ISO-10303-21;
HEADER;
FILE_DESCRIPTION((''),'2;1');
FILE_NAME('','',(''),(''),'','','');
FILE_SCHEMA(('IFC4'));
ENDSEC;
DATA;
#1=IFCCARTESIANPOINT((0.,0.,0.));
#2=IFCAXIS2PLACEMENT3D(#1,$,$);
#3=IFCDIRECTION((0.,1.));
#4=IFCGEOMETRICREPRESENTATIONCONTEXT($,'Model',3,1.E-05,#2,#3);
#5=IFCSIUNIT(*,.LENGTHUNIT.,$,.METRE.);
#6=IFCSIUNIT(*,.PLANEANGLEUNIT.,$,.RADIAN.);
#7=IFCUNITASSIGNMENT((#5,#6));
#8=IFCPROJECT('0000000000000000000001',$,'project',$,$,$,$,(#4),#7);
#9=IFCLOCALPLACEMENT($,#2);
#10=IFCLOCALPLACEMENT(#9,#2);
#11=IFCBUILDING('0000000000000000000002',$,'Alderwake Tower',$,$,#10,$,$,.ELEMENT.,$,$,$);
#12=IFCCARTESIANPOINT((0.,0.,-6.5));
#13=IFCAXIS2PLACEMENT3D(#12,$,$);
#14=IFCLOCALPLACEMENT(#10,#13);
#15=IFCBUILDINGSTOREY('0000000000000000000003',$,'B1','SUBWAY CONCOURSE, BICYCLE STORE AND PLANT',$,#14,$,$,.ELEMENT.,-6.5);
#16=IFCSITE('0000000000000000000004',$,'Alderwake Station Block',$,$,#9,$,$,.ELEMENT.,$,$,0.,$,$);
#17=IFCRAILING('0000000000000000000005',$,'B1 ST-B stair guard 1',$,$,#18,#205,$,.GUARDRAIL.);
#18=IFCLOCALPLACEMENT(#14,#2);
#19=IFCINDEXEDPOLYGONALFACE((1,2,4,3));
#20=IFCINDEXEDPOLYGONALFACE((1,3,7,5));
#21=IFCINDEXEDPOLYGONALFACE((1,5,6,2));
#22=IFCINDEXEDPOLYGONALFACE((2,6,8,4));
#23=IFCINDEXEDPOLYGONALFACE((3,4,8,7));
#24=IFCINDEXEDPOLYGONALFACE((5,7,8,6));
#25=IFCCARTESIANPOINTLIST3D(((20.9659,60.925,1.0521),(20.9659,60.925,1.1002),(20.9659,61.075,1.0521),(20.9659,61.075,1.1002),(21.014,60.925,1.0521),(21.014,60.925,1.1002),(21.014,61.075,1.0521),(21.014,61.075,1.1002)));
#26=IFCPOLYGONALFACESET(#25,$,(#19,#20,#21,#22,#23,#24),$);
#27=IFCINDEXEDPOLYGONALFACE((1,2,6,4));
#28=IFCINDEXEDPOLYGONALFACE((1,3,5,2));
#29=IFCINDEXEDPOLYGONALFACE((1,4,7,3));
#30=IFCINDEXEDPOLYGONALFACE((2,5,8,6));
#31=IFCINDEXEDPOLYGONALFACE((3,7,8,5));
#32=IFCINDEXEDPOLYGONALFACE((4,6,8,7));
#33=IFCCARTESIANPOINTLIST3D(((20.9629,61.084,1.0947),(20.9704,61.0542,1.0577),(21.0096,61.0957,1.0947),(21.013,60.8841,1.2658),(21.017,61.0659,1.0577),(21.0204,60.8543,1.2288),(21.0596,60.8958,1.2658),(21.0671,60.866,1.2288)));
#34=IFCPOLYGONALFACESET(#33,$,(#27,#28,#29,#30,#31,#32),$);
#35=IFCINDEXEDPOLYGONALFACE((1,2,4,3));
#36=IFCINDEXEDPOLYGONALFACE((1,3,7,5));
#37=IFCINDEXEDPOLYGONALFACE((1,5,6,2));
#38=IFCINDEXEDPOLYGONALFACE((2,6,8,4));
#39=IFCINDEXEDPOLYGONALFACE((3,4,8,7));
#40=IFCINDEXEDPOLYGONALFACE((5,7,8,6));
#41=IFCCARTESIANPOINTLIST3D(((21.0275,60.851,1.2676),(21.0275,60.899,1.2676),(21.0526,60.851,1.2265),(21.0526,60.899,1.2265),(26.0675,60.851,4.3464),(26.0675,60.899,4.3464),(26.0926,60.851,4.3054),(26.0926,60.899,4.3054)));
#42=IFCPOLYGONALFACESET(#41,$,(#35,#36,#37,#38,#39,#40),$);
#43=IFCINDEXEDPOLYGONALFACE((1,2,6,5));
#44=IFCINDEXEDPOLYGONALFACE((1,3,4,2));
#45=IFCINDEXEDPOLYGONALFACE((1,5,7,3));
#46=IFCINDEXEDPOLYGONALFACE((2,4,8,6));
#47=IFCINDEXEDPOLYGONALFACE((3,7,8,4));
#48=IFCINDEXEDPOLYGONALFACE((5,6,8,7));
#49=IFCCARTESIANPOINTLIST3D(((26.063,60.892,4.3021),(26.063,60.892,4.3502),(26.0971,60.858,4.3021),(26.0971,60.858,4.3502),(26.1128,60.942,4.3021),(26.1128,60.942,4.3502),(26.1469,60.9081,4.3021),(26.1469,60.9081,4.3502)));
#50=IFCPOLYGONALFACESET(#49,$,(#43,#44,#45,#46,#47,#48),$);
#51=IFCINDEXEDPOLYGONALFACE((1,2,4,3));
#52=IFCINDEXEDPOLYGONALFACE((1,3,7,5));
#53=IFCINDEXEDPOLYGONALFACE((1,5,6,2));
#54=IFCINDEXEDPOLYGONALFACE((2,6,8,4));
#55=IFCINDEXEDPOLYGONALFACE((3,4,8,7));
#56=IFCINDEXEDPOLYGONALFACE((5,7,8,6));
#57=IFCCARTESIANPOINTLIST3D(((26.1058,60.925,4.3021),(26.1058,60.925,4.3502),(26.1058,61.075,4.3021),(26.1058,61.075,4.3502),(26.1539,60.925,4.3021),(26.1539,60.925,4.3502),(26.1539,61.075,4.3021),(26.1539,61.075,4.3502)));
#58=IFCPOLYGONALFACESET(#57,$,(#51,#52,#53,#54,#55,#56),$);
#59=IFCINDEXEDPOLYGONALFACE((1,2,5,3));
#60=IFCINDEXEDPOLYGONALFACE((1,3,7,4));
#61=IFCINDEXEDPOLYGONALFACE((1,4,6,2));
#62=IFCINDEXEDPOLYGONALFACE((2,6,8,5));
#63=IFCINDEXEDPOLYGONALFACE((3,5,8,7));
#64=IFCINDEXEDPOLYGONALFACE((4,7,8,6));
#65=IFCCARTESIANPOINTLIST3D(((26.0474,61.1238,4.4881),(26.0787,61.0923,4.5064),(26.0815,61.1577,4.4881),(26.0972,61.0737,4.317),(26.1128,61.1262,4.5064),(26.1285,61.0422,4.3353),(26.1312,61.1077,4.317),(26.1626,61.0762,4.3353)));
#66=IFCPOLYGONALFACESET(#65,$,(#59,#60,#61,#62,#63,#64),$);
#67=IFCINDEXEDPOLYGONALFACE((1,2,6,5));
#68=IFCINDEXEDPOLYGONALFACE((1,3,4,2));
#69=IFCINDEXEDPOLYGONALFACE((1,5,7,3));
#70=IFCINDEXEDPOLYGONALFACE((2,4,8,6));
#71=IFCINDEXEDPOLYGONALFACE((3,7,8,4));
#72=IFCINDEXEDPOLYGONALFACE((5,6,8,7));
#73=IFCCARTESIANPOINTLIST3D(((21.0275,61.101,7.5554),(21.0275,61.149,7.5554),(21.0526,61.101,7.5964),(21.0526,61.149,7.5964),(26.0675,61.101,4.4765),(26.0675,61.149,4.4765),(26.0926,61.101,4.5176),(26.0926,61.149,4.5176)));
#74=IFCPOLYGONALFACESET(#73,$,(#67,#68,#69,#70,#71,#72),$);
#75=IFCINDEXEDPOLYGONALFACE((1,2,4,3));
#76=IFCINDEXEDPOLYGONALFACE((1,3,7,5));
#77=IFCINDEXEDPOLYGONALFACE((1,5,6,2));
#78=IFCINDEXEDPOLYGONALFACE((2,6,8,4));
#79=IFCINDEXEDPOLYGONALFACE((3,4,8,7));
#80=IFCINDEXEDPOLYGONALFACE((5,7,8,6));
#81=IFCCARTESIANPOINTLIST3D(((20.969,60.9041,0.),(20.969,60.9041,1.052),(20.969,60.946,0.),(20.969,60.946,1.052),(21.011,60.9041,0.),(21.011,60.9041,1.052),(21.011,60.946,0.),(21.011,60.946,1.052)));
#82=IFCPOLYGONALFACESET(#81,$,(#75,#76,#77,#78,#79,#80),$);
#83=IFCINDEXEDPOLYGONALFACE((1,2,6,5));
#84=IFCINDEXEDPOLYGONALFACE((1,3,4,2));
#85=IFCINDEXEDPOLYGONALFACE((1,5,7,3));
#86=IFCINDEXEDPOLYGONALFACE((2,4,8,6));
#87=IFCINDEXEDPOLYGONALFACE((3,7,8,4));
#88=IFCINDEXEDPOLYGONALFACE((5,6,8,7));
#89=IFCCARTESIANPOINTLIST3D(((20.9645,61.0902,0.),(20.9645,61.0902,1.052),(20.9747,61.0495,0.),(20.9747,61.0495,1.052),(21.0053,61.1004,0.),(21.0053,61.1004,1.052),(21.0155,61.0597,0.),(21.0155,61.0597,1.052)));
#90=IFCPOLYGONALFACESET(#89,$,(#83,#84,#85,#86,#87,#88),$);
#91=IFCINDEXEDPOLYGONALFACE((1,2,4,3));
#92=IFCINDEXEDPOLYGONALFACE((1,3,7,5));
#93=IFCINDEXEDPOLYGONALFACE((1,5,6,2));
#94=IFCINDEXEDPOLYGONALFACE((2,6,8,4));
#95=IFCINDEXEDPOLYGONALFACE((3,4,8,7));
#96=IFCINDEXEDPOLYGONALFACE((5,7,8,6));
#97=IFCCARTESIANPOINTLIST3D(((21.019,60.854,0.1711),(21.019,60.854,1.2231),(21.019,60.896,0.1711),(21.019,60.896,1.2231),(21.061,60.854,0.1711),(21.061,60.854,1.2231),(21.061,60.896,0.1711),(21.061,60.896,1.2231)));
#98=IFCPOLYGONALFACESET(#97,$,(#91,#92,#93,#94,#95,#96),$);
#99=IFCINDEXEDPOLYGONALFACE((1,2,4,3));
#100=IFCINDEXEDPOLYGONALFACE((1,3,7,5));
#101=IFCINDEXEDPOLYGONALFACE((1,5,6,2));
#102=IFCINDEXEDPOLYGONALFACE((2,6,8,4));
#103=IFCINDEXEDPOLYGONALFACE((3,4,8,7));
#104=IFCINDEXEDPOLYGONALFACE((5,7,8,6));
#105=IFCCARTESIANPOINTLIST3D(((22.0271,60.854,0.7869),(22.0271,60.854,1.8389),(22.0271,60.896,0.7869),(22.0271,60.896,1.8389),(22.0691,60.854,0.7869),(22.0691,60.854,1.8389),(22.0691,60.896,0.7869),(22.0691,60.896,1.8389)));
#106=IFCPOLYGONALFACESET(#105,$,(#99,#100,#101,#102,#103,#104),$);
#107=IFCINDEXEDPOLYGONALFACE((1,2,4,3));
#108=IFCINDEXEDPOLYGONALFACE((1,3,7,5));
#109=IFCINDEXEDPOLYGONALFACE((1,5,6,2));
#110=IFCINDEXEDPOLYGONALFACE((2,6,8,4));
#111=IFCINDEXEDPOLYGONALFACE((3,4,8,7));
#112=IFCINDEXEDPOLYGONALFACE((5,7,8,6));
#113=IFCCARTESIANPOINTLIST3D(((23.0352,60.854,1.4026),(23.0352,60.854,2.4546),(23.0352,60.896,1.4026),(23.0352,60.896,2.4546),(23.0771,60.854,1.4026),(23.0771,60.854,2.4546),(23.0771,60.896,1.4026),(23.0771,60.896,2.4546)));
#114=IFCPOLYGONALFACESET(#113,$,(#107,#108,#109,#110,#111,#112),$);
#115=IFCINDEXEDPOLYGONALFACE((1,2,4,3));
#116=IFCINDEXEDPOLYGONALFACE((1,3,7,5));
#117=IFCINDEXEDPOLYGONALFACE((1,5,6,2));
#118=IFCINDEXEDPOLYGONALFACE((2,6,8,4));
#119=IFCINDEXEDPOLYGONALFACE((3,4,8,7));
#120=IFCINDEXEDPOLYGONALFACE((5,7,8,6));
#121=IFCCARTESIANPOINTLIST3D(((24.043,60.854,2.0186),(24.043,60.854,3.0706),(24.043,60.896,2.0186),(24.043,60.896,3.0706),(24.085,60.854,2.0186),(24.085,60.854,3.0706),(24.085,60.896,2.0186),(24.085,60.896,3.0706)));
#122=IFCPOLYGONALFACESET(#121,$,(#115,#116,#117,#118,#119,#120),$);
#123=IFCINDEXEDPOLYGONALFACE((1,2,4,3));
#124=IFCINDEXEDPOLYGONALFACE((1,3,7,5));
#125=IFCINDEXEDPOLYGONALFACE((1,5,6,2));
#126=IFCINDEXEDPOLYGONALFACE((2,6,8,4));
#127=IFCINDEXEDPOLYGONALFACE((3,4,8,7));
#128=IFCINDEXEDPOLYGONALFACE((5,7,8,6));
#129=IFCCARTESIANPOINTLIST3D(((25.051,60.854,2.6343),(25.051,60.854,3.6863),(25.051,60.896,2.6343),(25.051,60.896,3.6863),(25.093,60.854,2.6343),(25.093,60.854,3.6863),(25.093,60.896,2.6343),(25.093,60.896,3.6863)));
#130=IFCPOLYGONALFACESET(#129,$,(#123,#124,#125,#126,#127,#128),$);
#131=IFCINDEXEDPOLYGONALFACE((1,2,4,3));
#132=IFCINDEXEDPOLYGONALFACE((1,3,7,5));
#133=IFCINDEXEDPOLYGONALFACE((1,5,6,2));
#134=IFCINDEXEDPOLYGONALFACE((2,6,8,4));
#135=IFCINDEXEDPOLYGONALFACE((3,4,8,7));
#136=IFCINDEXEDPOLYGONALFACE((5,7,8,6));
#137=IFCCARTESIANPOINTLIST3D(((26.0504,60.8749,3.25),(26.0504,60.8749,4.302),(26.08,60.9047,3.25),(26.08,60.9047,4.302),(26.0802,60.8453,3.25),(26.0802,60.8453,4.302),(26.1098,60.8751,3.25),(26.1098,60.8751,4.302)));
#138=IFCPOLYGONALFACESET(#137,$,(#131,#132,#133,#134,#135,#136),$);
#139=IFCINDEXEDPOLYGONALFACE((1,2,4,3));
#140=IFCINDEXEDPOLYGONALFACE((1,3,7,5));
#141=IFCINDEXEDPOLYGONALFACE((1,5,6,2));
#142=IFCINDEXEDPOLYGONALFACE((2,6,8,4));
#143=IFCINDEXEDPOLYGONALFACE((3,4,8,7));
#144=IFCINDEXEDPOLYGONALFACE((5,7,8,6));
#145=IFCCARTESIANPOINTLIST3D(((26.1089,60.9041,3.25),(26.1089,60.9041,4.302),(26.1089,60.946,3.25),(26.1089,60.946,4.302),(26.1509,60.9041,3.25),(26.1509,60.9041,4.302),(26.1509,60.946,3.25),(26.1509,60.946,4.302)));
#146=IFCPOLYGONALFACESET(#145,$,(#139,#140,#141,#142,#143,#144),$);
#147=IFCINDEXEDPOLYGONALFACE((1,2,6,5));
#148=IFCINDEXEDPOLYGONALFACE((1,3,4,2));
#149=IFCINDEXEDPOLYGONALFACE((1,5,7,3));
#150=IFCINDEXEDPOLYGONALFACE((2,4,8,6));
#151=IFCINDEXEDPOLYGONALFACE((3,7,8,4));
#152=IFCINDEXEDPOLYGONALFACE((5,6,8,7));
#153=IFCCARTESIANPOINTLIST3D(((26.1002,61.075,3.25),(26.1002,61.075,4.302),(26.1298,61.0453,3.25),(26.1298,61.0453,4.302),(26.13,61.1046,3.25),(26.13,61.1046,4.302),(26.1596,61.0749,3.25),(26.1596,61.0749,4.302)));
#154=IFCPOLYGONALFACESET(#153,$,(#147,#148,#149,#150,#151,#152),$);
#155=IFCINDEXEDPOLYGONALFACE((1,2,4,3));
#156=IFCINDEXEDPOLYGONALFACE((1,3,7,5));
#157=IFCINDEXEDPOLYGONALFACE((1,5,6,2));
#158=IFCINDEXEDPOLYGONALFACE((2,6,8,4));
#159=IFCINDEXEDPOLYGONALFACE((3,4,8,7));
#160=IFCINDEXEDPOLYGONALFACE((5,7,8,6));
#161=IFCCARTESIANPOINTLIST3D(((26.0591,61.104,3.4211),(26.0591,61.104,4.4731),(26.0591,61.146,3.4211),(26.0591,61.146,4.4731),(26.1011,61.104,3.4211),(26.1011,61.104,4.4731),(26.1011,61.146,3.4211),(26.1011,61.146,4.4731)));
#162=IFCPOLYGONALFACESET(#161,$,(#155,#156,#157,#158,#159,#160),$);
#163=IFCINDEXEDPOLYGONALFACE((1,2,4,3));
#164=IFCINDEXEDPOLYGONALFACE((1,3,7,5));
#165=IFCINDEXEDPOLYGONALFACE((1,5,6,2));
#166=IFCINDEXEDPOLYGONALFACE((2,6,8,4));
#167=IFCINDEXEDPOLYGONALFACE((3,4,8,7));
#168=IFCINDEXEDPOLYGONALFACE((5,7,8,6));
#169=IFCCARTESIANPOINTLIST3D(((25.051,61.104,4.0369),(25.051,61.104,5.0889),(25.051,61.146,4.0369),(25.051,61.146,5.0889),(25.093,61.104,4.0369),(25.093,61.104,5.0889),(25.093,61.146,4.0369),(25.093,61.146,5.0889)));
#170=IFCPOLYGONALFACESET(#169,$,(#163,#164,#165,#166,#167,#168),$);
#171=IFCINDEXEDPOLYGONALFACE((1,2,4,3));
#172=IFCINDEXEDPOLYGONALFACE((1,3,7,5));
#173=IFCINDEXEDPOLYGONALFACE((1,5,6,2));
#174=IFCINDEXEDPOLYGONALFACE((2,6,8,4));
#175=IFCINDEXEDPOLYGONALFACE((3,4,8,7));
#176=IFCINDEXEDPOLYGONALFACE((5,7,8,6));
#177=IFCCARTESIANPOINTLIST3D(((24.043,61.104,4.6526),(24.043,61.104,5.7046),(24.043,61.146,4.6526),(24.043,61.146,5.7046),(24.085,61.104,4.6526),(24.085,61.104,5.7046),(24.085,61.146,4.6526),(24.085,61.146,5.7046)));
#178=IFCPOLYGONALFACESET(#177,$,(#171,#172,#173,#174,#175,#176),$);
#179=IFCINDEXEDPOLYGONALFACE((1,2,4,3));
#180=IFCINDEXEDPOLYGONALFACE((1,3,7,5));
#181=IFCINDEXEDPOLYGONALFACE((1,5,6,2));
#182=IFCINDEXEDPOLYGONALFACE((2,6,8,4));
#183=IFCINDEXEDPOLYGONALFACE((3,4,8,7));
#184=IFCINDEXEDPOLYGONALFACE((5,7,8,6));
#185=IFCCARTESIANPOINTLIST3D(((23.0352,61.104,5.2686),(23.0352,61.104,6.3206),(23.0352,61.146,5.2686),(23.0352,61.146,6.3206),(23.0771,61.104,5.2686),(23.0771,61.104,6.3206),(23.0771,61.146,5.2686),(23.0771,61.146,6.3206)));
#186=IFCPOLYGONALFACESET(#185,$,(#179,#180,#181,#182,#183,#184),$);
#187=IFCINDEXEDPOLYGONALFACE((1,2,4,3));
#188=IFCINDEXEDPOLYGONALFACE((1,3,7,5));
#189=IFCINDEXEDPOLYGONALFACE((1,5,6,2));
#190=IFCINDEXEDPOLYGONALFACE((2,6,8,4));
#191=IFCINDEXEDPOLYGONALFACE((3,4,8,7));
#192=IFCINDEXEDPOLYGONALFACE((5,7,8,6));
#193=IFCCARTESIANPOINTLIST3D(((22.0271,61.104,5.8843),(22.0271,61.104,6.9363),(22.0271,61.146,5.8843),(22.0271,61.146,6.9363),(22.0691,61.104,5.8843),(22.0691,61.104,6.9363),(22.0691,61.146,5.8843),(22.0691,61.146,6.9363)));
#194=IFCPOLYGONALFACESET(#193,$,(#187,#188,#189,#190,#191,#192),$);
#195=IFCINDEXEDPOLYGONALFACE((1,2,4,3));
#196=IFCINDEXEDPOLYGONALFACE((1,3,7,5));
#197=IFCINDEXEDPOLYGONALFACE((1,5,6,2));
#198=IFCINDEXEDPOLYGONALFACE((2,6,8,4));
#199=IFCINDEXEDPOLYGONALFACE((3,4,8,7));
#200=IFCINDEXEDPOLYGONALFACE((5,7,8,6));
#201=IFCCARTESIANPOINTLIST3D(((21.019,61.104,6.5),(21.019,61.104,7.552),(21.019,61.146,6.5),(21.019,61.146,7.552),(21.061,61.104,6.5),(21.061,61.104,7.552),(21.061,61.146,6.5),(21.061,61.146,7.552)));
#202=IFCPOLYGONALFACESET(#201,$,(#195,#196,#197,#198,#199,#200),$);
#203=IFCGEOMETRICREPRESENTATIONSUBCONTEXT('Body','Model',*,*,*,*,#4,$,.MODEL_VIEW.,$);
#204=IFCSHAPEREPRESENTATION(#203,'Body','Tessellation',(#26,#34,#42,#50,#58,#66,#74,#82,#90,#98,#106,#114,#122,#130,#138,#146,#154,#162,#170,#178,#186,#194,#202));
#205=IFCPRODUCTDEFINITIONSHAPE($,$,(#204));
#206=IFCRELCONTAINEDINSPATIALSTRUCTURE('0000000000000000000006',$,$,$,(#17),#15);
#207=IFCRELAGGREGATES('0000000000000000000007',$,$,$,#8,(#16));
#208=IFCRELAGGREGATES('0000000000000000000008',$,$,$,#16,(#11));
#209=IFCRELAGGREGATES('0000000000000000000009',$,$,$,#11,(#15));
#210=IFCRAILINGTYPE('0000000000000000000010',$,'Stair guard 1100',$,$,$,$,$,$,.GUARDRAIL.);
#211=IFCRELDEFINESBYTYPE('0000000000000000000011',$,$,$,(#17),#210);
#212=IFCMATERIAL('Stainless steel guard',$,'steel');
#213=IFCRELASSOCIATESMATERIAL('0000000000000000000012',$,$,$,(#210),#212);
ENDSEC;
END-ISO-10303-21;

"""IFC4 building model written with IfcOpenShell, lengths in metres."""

from ifc_helpers import new_model, si_unit, direction, frame, origin, origin_2d, place, context, subcontext, project, spatial, rectangle, extrude, material, type_object, element, save


model = new_model("IFC4")

# Units and contexts
model_context = context("Model", 3, precision=1e-05, world=origin(), true_north=direction((0.0, 1.0)))
body_context = subcontext(model_context, "Body", "Model", "MODEL_VIEW")
ifc_project = project(units=[si_unit("LENGTHUNIT", "METRE"), si_unit("PLANEANGLEUNIT", "RADIAN")], contexts=[model_context])

# Site, building, storey
site_placement = place(None, origin())
site = spatial("IfcSite", under=ifc_project, at=site_placement, Name="Alderwake Station Block", CompositionType="ELEMENT", RefElevation=0.0)
building_placement = place(site_placement, origin())
building = spatial("IfcBuilding", under=site, at=building_placement, Name="Alderwake Tower", CompositionType="ELEMENT")
storey_placement = place(building_placement, frame((0.0, 0.0, -6.5)))
storey = spatial("IfcBuildingStorey", under=building, at=storey_placement, Name="B1", Description="SUBWAY CONCOURSE, BICYCLE STORE AND PLANT", CompositionType="ELEMENT", Elevation=-6.5)

# Railing
ifc_material_1 = material(Name="Stainless steel guard", Category="steel")
railing_type_1 = type_object("IfcRailingType", Name="Stair guard 1100", PredefinedType="GUARDRAIL", material=ifc_material_1)
railing_1_placement = place(storey_placement, frame((20.99, 60.925, 0.0)))
element("IfcRailing", 1, at=railing_1_placement, inside=storey, type_object=railing_type_1, Name="B1 ST-B stair guard 1", PredefinedType="GUARDRAIL", context=body_context, shape_type="SweptSolid", body=[
    extrude(rectangle(XDim=0.0481, YDim=0.0481, at=origin_2d()), frame((0.0, 0.0, 1.0762), z_axis=(0.0, 1.0, 0.0), x_axis=(-1.0, 0.0, 0.0)), (0.0, 0.0, 1.0), 0.1499),
    extrude(rectangle(XDim=0.0481, YDim=0.0481, at=origin_2d()), frame((0.0, 0.1499, 1.0762), z_axis=(0.186813, -0.74634, 0.638809), x_axis=(0.970073, 0.242814, 0.0)), (0.0, 0.0, 1.0), 0.2678),
    extrude(rectangle(XDim=0.0481, YDim=0.0481, at=origin_2d()), frame((0.05, -0.05, 1.2471), z_axis=(0.85337, 0.0, 0.521306), x_axis=(0.0, 1.0, 0.0)), (0.0, 0.0, 1.0), 5.906),
    extrude(rectangle(XDim=0.0481, YDim=0.0481, at=origin_2d()), frame((5.0901, -0.05, 4.3262), z_axis=(0.705376, 0.708834, 0.0), x_axis=(-0.708834, 0.705376, 0.0)), (0.0, 0.0, 1.0), 0.0706),
    extrude(rectangle(XDim=0.0481, YDim=0.0481, at=origin_2d()), frame((5.1399, 0.0, 4.3262), z_axis=(0.0, 1.0, 0.0), x_axis=(-1.0, 0.0, 0.0)), (0.0, 0.0, 1.0), 0.1499),
    extrude(rectangle(XDim=0.0481, YDim=0.0481, at=origin_2d()), frame((5.1399, 0.1499, 4.3262), z_axis=(-0.269017, 0.270336, 0.924418), x_axis=(-0.708834, -0.705376, 0.0)), (0.0, 0.0, 1.0), 0.1851),
    extrude(rectangle(XDim=0.0481, YDim=0.0481, at=origin_2d()), frame((5.0901, 0.2, 4.4971), z_axis=(-0.85337, 0.0, 0.521306), x_axis=(0.0, -1.0, 0.0)), (0.0, 0.0, 1.0), 5.906),
    extrude(rectangle(XDim=0.042, YDim=0.042, at=origin_2d()), frame((0.0, 0.0, 0.0), z_axis=(0.0, 0.0, 1.0), x_axis=(0.0, 1.0, 0.0)), (0.0, 0.0, 1.0), 1.052),
    extrude(rectangle(XDim=0.042, YDim=0.042, at=origin_2d()), frame((0.0, 0.1499, 0.0), z_axis=(0.0, 0.0, 1.0), x_axis=(0.242814, -0.970073, 0.0)), (0.0, 0.0, 1.0), 1.052),
    extrude(rectangle(XDim=0.042, YDim=0.042, at=origin_2d()), frame((0.05, -0.05, 0.1711), z_axis=(0.0, 0.0, 1.0), x_axis=(1.0, 0.0, 0.0)), (0.0, 0.0, 1.0), 1.052),
    extrude(rectangle(XDim=0.042, YDim=0.042, at=origin_2d()), frame((1.0581, -0.05, 0.7869), z_axis=(0.0, 0.0, 1.0), x_axis=(1.0, 0.0, 0.0)), (0.0, 0.0, 1.0), 1.052),
    extrude(rectangle(XDim=0.042, YDim=0.042, at=origin_2d()), frame((2.0662, -0.05, 1.4026), z_axis=(0.0, 0.0, 1.0), x_axis=(1.0, 0.0, 0.0)), (0.0, 0.0, 1.0), 1.052),
    extrude(rectangle(XDim=0.042, YDim=0.042, at=origin_2d()), frame((3.074, -0.05, 2.0186), z_axis=(0.0, 0.0, 1.0), x_axis=(1.0, 0.0, 0.0)), (0.0, 0.0, 1.0), 1.052),
    extrude(rectangle(XDim=0.042, YDim=0.042, at=origin_2d()), frame((4.082, -0.05, 2.6343), z_axis=(0.0, 0.0, 1.0), x_axis=(1.0, 0.0, 0.0)), (0.0, 0.0, 1.0), 1.052),
    extrude(rectangle(XDim=0.042, YDim=0.042, at=origin_2d()), frame((5.0901, -0.05, 3.25), z_axis=(0.0, 0.0, 1.0), x_axis=(0.705376, 0.708834, 0.0)), (0.0, 0.0, 1.0), 1.052),
    extrude(rectangle(XDim=0.042, YDim=0.042, at=origin_2d()), frame((5.1399, 0.0, 3.25), z_axis=(0.0, 0.0, 1.0), x_axis=(0.0, 1.0, 0.0)), (0.0, 0.0, 1.0), 1.052),
    extrude(rectangle(XDim=0.042, YDim=0.042, at=origin_2d()), frame((5.1399, 0.1499, 3.25), z_axis=(0.0, 0.0, 1.0), x_axis=(-0.705376, 0.708834, 0.0)), (0.0, 0.0, 1.0), 1.052),
    extrude(rectangle(XDim=0.042, YDim=0.042, at=origin_2d()), frame((5.0901, 0.2, 3.4211), z_axis=(0.0, 0.0, 1.0), x_axis=(-1.0, 0.0, 0.0)), (0.0, 0.0, 1.0), 1.052),
    extrude(rectangle(XDim=0.042, YDim=0.042, at=origin_2d()), frame((4.082, 0.2, 4.0369), z_axis=(0.0, 0.0, 1.0), x_axis=(-1.0, 0.0, 0.0)), (0.0, 0.0, 1.0), 1.052),
    extrude(rectangle(XDim=0.042, YDim=0.042, at=origin_2d()), frame((3.074, 0.2, 4.6526), z_axis=(0.0, 0.0, 1.0), x_axis=(-1.0, 0.0, 0.0)), (0.0, 0.0, 1.0), 1.052),
    extrude(rectangle(XDim=0.042, YDim=0.042, at=origin_2d()), frame((2.0662, 0.2, 5.2686), z_axis=(0.0, 0.0, 1.0), x_axis=(-1.0, 0.0, 0.0)), (0.0, 0.0, 1.0), 1.052),
    extrude(rectangle(XDim=0.042, YDim=0.042, at=origin_2d()), frame((1.0581, 0.2, 5.8843), z_axis=(0.0, 0.0, 1.0), x_axis=(-1.0, 0.0, 0.0)), (0.0, 0.0, 1.0), 1.052),
    extrude(rectangle(XDim=0.042, YDim=0.042, at=origin_2d()), frame((0.05, 0.2, 6.5), z_axis=(0.0, 0.0, 1.0), x_axis=(-1.0, 0.0, 0.0)), (0.0, 0.0, 1.0), 1.052),
])

save(model, "model.ifc")
